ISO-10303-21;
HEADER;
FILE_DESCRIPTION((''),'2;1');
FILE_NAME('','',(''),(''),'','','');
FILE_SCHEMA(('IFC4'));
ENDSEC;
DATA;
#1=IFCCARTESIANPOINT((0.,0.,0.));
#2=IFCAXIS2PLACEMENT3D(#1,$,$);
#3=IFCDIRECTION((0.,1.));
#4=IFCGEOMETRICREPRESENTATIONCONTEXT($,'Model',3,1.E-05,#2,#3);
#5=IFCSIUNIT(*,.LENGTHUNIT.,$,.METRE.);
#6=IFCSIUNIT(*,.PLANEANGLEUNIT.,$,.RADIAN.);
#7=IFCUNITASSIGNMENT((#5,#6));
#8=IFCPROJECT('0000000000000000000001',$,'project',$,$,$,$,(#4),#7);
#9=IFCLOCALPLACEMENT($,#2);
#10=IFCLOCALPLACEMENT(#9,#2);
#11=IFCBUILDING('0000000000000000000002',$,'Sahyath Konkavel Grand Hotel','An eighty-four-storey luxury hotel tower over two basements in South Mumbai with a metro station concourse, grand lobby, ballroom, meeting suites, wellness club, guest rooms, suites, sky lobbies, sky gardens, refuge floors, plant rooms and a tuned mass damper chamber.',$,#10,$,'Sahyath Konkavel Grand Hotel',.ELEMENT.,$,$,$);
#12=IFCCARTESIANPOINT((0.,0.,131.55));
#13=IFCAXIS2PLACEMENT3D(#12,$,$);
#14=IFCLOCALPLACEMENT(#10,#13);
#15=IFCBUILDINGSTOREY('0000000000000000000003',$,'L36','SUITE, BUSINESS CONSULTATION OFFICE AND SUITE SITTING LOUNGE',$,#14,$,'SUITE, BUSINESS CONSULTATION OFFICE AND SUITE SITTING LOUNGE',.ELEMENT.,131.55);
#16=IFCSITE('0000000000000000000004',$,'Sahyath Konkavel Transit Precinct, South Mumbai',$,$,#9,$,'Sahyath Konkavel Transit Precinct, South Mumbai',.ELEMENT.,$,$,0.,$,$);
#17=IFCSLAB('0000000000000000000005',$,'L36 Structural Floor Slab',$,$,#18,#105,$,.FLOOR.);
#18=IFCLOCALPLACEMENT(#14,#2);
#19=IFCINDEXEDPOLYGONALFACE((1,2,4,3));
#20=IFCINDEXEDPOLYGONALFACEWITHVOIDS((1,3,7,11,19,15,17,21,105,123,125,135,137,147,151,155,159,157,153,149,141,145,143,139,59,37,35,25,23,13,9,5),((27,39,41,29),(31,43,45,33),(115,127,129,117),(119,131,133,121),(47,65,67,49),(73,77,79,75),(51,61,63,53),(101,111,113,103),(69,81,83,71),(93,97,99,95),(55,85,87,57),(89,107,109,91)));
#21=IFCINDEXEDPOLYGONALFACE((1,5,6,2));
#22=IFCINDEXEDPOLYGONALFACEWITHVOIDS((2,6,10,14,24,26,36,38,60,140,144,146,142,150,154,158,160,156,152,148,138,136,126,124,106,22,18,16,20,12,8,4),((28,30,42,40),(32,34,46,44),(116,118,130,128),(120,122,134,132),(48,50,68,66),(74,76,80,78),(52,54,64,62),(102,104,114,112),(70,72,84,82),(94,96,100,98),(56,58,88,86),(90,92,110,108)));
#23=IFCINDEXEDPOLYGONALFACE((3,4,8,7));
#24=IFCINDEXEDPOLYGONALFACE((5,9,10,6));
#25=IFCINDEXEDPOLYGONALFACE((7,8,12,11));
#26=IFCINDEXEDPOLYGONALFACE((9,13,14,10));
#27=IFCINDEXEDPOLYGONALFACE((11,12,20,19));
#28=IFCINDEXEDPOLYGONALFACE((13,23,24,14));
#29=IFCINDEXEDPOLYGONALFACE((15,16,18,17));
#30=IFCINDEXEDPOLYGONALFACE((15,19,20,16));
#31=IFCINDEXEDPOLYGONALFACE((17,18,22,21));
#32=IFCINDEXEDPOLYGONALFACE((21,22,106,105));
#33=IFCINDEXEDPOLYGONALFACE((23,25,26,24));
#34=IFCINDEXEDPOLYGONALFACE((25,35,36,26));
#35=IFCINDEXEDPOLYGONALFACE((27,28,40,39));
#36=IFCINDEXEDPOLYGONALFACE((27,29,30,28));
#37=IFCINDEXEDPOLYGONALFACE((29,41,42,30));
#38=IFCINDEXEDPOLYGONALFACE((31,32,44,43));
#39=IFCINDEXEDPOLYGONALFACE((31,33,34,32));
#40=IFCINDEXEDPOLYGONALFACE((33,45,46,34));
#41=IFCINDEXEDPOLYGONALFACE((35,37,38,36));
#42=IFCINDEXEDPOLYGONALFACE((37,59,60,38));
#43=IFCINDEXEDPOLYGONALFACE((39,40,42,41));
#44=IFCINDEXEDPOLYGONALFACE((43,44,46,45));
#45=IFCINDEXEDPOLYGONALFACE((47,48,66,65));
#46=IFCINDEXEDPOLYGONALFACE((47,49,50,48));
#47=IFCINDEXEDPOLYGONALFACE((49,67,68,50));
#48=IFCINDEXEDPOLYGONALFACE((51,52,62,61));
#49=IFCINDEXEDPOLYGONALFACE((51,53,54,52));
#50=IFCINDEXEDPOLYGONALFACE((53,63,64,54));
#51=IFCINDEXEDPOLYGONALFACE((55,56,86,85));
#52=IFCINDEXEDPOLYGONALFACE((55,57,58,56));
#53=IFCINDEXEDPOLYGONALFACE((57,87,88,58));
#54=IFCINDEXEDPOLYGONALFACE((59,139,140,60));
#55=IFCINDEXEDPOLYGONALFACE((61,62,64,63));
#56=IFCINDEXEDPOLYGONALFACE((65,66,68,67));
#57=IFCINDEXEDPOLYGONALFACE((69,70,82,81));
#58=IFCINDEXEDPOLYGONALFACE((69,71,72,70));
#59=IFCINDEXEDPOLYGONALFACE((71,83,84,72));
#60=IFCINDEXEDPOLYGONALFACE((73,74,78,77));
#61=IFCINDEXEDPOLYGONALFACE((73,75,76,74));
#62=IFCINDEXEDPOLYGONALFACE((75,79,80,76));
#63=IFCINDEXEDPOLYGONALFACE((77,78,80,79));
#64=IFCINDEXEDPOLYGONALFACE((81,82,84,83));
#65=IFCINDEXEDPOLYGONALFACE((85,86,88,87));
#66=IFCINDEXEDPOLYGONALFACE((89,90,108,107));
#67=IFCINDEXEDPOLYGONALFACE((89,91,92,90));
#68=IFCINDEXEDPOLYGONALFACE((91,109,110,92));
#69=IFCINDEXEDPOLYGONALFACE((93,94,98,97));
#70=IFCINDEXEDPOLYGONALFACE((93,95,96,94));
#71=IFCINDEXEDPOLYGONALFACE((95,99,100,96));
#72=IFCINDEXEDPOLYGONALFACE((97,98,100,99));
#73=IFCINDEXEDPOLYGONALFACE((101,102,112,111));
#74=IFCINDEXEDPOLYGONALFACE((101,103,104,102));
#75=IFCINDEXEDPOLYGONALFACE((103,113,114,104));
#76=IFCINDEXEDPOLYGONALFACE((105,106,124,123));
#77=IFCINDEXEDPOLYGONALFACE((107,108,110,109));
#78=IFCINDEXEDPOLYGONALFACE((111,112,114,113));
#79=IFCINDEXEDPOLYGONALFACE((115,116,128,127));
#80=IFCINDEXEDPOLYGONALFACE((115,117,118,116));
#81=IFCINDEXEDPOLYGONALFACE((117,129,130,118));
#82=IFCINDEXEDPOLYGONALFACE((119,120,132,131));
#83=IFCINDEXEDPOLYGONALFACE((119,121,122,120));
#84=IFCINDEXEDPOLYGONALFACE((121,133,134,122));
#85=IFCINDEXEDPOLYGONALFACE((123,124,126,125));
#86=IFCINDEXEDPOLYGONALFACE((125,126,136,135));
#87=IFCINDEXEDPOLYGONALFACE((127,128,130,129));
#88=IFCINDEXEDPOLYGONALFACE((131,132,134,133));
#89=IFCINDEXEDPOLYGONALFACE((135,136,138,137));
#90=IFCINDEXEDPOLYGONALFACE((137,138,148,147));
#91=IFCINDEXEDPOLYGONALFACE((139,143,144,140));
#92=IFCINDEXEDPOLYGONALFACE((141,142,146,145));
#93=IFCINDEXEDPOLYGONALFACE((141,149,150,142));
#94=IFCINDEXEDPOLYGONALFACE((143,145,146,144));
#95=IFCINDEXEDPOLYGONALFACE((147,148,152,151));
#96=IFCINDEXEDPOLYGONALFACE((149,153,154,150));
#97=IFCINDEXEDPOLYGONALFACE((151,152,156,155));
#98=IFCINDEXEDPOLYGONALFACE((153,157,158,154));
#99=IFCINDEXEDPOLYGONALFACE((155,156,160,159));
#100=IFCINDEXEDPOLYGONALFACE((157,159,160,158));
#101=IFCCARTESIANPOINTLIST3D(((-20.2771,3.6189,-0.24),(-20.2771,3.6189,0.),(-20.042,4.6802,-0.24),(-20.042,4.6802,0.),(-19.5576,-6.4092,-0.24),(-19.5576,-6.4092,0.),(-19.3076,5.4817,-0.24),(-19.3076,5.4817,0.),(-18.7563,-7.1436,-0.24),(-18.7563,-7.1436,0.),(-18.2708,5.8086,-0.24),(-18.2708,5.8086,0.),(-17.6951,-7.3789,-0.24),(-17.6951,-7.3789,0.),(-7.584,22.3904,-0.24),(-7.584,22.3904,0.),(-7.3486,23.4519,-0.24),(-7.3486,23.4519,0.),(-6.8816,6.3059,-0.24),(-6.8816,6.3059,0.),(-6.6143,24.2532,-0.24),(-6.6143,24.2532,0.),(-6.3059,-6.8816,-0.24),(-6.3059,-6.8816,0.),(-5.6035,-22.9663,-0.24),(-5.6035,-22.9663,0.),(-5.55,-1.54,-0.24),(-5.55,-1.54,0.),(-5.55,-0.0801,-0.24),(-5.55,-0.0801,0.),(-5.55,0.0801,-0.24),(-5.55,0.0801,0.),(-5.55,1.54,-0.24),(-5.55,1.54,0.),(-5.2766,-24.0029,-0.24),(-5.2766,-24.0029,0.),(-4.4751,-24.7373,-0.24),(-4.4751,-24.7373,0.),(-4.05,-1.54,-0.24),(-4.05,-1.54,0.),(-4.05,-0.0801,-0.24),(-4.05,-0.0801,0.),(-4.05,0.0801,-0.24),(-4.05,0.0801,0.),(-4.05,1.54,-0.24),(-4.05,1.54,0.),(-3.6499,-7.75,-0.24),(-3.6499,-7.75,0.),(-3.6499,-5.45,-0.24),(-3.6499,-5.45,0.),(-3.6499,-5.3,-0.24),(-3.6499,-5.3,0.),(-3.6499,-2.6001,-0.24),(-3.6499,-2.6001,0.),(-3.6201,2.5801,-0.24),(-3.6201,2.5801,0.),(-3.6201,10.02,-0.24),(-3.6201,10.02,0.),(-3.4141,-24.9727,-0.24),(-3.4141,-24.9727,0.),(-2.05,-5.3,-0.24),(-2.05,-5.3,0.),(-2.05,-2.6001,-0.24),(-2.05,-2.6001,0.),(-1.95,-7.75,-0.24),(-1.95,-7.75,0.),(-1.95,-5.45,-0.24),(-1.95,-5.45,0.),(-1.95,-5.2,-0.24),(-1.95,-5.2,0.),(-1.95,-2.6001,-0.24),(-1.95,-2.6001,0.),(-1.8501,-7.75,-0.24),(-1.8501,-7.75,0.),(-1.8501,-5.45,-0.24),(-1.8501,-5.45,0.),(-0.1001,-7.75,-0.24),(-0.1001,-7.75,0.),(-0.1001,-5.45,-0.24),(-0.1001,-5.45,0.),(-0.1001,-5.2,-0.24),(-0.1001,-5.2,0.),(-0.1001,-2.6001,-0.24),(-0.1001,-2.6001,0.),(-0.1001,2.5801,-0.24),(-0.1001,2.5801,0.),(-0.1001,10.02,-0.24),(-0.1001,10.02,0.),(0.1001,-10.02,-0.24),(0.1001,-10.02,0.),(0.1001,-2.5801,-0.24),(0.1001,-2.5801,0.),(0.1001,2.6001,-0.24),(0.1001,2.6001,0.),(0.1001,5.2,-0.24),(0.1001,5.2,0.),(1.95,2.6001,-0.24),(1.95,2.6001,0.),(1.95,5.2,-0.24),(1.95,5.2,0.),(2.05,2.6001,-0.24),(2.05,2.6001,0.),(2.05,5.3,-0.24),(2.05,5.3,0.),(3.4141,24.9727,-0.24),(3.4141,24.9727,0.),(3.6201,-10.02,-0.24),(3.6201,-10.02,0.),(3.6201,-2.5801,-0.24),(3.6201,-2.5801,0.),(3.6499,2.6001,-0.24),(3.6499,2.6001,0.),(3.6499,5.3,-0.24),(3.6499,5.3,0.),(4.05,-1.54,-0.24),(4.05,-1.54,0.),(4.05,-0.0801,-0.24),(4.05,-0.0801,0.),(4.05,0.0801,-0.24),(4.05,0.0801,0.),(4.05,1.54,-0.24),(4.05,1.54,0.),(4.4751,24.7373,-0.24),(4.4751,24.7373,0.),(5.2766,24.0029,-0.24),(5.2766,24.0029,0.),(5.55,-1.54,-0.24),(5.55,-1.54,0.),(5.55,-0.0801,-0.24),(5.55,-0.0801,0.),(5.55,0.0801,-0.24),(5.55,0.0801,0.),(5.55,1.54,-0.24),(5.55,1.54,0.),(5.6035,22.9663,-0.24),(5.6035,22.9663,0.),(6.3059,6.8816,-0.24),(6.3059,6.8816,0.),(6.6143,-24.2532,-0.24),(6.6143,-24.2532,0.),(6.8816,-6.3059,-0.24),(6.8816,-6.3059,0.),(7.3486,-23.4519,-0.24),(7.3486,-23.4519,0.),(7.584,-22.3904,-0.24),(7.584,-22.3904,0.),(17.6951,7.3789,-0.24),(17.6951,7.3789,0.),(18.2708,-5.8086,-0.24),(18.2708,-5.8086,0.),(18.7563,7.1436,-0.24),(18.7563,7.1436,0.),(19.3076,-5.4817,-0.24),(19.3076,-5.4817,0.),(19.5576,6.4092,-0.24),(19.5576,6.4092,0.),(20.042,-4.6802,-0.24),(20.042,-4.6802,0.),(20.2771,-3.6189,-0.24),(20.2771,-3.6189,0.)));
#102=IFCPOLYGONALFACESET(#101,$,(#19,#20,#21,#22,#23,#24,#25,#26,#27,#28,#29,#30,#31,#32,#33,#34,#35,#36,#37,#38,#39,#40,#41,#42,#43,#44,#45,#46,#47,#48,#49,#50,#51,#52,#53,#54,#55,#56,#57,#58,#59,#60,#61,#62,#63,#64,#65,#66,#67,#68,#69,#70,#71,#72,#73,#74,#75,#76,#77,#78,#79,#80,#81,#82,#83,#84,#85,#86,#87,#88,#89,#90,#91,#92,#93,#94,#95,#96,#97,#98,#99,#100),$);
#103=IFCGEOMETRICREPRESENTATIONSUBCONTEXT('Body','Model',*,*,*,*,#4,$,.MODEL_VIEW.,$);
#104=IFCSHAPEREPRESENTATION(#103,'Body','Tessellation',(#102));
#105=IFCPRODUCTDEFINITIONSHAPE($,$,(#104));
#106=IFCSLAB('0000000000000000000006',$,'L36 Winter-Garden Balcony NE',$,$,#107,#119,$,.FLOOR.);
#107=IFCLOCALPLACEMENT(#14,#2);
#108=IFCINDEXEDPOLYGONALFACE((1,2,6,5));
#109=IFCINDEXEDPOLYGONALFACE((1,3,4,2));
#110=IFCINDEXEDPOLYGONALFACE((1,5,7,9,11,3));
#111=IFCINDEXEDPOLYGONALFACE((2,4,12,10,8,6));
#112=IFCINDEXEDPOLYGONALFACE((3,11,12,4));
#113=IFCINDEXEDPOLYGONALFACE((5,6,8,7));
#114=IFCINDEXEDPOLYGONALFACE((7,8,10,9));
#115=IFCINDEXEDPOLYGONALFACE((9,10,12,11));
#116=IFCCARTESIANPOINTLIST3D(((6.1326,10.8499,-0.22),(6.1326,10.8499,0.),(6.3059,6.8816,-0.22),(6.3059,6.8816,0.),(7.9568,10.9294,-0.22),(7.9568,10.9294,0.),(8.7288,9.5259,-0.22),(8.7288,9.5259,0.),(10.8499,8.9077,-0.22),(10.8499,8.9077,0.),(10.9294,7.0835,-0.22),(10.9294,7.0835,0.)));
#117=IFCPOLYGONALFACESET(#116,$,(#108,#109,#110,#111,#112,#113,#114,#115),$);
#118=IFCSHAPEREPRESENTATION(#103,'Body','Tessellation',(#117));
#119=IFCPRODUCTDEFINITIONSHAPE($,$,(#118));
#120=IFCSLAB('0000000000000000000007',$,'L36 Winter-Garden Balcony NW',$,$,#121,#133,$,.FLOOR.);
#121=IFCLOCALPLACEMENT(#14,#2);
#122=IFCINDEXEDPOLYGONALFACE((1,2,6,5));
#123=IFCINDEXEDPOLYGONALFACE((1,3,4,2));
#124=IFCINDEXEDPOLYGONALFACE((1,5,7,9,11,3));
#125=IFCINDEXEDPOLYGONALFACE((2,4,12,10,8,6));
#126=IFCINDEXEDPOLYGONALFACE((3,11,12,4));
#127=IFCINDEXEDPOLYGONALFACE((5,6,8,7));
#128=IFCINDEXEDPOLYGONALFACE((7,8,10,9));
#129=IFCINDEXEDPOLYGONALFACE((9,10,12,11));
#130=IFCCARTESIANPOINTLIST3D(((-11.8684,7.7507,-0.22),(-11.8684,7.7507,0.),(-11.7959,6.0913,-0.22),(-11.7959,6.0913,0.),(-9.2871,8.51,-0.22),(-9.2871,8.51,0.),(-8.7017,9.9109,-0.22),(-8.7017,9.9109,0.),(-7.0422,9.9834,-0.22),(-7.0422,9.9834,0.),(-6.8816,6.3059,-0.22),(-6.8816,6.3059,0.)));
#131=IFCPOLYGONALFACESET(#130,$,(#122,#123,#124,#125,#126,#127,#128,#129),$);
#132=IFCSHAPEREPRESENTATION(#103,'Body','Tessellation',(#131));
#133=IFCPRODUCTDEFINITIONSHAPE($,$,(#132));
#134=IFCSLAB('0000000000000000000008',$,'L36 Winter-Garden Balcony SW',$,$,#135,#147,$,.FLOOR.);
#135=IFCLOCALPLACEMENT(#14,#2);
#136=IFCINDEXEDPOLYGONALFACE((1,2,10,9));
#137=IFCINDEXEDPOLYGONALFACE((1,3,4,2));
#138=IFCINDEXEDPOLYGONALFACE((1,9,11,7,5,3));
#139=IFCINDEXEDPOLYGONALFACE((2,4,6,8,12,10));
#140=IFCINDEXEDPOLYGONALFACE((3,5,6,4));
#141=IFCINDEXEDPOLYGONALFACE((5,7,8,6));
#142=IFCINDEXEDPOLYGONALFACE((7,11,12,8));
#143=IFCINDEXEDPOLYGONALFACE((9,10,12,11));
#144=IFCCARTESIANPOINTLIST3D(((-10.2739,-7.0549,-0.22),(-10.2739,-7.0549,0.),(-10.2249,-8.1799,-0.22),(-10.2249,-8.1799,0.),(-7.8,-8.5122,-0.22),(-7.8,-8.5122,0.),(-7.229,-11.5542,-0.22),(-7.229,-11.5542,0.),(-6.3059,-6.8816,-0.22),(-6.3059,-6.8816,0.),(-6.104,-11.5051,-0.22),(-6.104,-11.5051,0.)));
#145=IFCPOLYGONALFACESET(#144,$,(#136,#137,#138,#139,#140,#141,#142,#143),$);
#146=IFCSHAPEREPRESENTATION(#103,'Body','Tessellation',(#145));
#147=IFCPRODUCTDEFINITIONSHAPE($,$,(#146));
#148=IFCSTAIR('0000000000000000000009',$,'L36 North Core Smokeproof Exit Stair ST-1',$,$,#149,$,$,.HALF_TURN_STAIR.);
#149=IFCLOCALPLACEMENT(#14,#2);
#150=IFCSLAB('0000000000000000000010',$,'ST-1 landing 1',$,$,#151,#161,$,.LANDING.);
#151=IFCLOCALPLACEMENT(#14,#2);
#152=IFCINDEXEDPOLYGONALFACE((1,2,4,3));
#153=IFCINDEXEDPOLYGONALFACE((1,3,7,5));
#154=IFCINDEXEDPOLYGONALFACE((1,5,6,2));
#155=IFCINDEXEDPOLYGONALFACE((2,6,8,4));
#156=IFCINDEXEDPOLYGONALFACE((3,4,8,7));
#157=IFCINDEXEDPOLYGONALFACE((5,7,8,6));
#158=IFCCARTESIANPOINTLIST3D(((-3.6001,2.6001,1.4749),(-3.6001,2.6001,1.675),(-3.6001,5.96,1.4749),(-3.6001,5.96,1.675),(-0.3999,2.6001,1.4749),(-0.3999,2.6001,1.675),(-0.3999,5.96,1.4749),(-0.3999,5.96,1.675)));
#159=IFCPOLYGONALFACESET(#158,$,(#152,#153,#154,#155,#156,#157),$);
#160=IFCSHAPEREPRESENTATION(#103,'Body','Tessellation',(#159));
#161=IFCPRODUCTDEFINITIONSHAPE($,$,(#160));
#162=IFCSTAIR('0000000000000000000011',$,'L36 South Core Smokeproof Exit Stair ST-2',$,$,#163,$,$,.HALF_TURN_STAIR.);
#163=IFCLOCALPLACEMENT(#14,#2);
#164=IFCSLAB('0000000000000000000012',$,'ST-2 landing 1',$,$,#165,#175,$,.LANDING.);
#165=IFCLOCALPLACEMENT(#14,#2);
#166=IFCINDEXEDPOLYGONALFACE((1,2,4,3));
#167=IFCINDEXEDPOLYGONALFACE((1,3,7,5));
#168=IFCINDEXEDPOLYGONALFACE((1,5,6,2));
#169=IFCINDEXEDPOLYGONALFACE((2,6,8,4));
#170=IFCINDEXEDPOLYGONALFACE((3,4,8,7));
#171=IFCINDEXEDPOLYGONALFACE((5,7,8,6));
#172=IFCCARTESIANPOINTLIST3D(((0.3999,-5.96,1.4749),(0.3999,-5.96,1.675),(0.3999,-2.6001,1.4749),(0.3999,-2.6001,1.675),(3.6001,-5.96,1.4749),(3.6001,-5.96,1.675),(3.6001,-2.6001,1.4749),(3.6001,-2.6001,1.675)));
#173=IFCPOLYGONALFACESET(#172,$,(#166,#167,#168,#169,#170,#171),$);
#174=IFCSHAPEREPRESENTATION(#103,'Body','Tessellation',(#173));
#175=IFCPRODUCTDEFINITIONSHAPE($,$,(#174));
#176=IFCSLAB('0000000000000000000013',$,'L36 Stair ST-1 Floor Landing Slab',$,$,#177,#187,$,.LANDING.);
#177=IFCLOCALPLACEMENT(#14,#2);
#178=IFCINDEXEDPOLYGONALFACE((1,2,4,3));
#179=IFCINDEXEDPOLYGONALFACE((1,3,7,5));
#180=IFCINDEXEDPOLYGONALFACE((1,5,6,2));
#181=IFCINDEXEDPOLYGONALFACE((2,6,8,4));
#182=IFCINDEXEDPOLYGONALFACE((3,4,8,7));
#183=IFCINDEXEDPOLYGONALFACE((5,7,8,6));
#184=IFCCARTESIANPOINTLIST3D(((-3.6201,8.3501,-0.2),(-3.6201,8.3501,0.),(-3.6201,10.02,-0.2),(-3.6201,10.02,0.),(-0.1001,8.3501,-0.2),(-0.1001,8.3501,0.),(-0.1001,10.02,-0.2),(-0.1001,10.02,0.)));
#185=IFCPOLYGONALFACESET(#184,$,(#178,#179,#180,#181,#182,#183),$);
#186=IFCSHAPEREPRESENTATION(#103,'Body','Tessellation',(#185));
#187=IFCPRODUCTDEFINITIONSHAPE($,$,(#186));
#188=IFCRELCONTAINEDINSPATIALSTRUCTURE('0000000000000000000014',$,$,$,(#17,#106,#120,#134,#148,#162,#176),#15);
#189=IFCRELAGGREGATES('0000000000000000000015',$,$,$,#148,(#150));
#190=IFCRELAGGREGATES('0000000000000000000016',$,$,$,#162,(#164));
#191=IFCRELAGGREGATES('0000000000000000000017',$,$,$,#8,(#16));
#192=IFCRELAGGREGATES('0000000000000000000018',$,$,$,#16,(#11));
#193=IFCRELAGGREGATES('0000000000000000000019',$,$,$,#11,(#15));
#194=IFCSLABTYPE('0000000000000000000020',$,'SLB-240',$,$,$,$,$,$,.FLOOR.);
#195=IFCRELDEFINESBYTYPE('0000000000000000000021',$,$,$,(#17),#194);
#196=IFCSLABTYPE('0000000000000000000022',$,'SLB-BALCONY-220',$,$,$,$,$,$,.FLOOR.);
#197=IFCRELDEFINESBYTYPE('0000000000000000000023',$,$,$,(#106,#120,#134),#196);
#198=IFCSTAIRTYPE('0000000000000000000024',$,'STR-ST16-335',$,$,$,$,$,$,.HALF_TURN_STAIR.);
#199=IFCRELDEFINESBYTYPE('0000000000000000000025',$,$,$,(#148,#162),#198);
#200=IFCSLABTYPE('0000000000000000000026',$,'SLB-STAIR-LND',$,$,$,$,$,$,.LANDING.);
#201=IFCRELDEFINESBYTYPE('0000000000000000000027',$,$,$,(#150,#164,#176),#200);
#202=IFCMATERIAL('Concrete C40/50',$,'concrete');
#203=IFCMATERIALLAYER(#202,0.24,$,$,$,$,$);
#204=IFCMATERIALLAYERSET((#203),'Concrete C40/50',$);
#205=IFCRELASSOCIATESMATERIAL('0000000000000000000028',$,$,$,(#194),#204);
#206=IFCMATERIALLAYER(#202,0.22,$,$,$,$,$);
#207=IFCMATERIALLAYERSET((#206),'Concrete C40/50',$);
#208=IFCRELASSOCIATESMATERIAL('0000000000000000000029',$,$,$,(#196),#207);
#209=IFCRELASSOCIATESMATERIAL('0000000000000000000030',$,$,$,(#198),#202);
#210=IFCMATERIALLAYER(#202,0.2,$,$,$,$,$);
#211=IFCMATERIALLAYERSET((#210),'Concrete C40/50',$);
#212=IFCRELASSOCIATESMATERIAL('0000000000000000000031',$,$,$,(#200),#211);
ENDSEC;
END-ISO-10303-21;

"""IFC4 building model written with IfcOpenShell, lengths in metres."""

from ifc_helpers import new_model, si_unit, direction, frame, origin, place, context, subcontext, project, spatial, polyline, outline, extrude, material, layer, layer_set, type_object, element, aggregate, save


model = new_model("IFC4")

# Units and contexts
model_context = context("Model", 3, precision=1e-05, world=origin(), true_north=direction((0.0, 1.0)))
body_context = subcontext(model_context, "Body", "Model", "MODEL_VIEW")
ifc_project = project(units=[si_unit("LENGTHUNIT", "METRE"), si_unit("PLANEANGLEUNIT", "RADIAN")], contexts=[model_context])

# Site, building, storey
site_placement = place(None, origin())
site = spatial("IfcSite", under=ifc_project, at=site_placement, Name="Sahyath Konkavel Transit Precinct, South Mumbai", LongName="Sahyath Konkavel Transit Precinct, South Mumbai", CompositionType="ELEMENT", RefElevation=0.0)
building_placement = place(site_placement, origin())
building = spatial("IfcBuilding", under=site, at=building_placement, Name="Sahyath Konkavel Grand Hotel", Description="An eighty-four-storey luxury hotel tower over two basements in South Mumbai with a metro station concourse, grand lobby, ballroom, meeting suites, wellness club, guest rooms, suites, sky lobbies, sky gardens, refuge floors, plant rooms and a tuned mass damper chamber.", LongName="Sahyath Konkavel Grand Hotel", CompositionType="ELEMENT")
storey_placement = place(building_placement, frame((0.0, 0.0, 131.55)))
storey = spatial("IfcBuildingStorey", under=building, at=storey_placement, Name="L36", Description="SUITE, BUSINESS CONSULTATION OFFICE AND SUITE SITTING LOUNGE", LongName="SUITE, BUSINESS CONSULTATION OFFICE AND SUITE SITTING LOUNGE", CompositionType="ELEMENT", Elevation=131.55)

# Slabs
ifc_material_1 = material(Name="Concrete C40/50", Category="concrete")
ifc_layer_1 = layer(ifc_material_1, 0.24)
ifc_layer_set_1 = layer_set([ifc_layer_1], Name="Concrete C40/50")
slab_type_1 = type_object("IfcSlabType", Name="SLB-240", PredefinedType="FLOOR", material=ifc_layer_set_1)
slab_1_placement = place(storey_placement, frame((0.0, 0.0, -0.24)))
element("IfcSlab", 1, at=slab_1_placement, inside=storey, type_object=slab_type_1, Name="L36 Structural Floor Slab", PredefinedType="FLOOR", context=body_context, shape_type="SweptSolid", body=[
    extrude(outline(polyline([(6.8816, -6.3059), (18.2708, -5.8086), (19.3076, -5.4817), (20.042, -4.6802), (20.2771, -3.6189), (19.5576, 6.4092), (18.7563, 7.1436), (17.6951, 7.3789), (6.3059, 6.8816), (5.6035, 22.9663), (5.2766, 24.0029), (4.4751, 24.7373), (3.4141, 24.9727), (-6.6143, 24.2532), (-7.3486, 23.4519), (-7.584, 22.3904), (-6.8816, 6.3059), (-18.2708, 5.8086), (-19.3076, 5.4817), (-20.042, 4.6802), (-20.2771, 3.6189), (-19.5576, -6.4092), (-18.7563, -7.1436), (-17.6951, -7.3789), (-6.3059, -6.8816), (-5.6035, -22.9663), (-5.2766, -24.0029), (-4.4751, -24.7373), (-3.4141, -24.9727), (6.6143, -24.2532), (7.3486, -23.4519), (7.584, -22.3904), (6.8816, -6.3059)]), holes=[polyline([(-3.6201, 2.5801), (-0.1001, 2.5801), (-0.1001, 10.02), (-3.6201, 10.02), (-3.6201, 2.5801)]), polyline([(0.1001, -10.02), (3.6201, -10.02), (3.6201, -2.5801), (0.1001, -2.5801), (0.1001, -10.02)]), polyline([(0.1001, 2.6001), (1.95, 2.6001), (1.95, 5.2), (0.1001, 5.2), (0.1001, 2.6001)]), polyline([(-1.95, -5.2), (-0.1001, -5.2), (-0.1001, -2.6001), (-1.95, -2.6001), (-1.95, -5.2)]), polyline([(2.05, 2.6001), (3.6499, 2.6001), (3.6499, 5.3), (2.05, 5.3), (2.05, 2.6001)]), polyline([(-3.6499, -5.3), (-2.05, -5.3), (-2.05, -2.6001), (-3.6499, -2.6001), (-3.6499, -5.3)]), polyline([(-3.6499, -7.75), (-1.95, -7.75), (-1.95, -5.45), (-3.6499, -5.45), (-3.6499, -7.75)]), polyline([(-1.8501, -7.75), (-0.1001, -7.75), (-0.1001, -5.45), (-1.8501, -5.45), (-1.8501, -7.75)]), polyline([(4.05, 0.0801), (5.55, 0.0801), (5.55, 1.54), (4.05, 1.54), (4.05, 0.0801)]), polyline([(4.05, -1.54), (5.55, -1.54), (5.55, -0.0801), (4.05, -0.0801), (4.05, -1.54)]), polyline([(-5.55, 0.0801), (-4.05, 0.0801), (-4.05, 1.54), (-5.55, 1.54), (-5.55, 0.0801)]), polyline([(-5.55, -1.54), (-4.05, -1.54), (-4.05, -0.0801), (-5.55, -0.0801), (-5.55, -1.54)])]), origin(), (0.0, 0.0, 1.0), 0.24),
])
ifc_layer_2 = layer(ifc_material_1, 0.22)
ifc_layer_set_2 = layer_set([ifc_layer_2], Name="Concrete C40/50")
slab_type_2 = type_object("IfcSlabType", Name="SLB-BALCONY-220", PredefinedType="FLOOR", material=ifc_layer_set_2)
slab_2_placement = place(storey_placement, frame((0.0, 0.0, -0.22)))
element("IfcSlab", 2, at=slab_2_placement, inside=storey, type_object=slab_type_2, Name="L36 Winter-Garden Balcony NE", PredefinedType="FLOOR", context=body_context, shape_type="SweptSolid", body=[
    extrude(outline(polyline([(6.3059, 6.8816), (10.9294, 7.0835), (10.8499, 8.9077), (8.7288, 9.5259), (7.9568, 10.9294), (6.1326, 10.8499), (6.3059, 6.8816)])), origin(), (0.0, 0.0, 1.0), 0.22),
])
slab_3_placement = place(storey_placement, frame((0.0, 0.0, -0.22)))
element("IfcSlab", 3, at=slab_3_placement, inside=storey, type_object=slab_type_2, Name="L36 Winter-Garden Balcony NW", PredefinedType="FLOOR", context=body_context, shape_type="SweptSolid", body=[
    extrude(outline(polyline([(-6.8816, 6.3059), (-7.0422, 9.9834), (-8.7017, 9.9109), (-9.2871, 8.51), (-11.8684, 7.7507), (-11.7959, 6.0913), (-6.8816, 6.3059)])), origin(), (0.0, 0.0, 1.0), 0.22),
])
slab_4_placement = place(storey_placement, frame((0.0, 0.0, -0.22)))
element("IfcSlab", 4, at=slab_4_placement, inside=storey, type_object=slab_type_2, Name="L36 Winter-Garden Balcony SW", PredefinedType="FLOOR", context=body_context, shape_type="SweptSolid", body=[
    extrude(outline(polyline([(-6.3059, -6.8816), (-10.2739, -7.0549), (-10.2249, -8.1799), (-7.8, -8.5122), (-7.229, -11.5542), (-6.104, -11.5051), (-6.3059, -6.8816)])), origin(), (0.0, 0.0, 1.0), 0.22),
])

# Stairs, slabs
stair_type = type_object("IfcStairType", Name="STR-ST16-335", PredefinedType="HALF_TURN_STAIR", material=ifc_material_1)
stair_1_placement = place(storey_placement, origin())
stair_1 = element("IfcStair", 5, at=stair_1_placement, inside=storey, type_object=stair_type, Name="L36 North Core Smokeproof Exit Stair ST-1", PredefinedType="HALF_TURN_STAIR")
ifc_layer_3 = layer(ifc_material_1, 0.2)
ifc_layer_set_3 = layer_set([ifc_layer_3], Name="Concrete C40/50")
slab_type_3 = type_object("IfcSlabType", Name="SLB-STAIR-LND", PredefinedType="LANDING", material=ifc_layer_set_3)
slab_5_placement = place(storey_placement, frame((0.0, 0.0, 1.4749)))
slab_5 = element("IfcSlab", 6, at=slab_5_placement, type_object=slab_type_3, Name="ST-1 landing 1", PredefinedType="LANDING", context=body_context, shape_type="SweptSolid", body=[
    extrude(outline(polyline([(-3.6001, 5.96), (-3.6001, 2.6001), (-0.3999, 2.6001), (-0.3999, 5.96), (-3.6001, 5.96)])), origin(), (0.0, 0.0, 1.0), 0.2002),
])
aggregate(stair_1, [slab_5])
stair_2_placement = place(storey_placement, origin())
stair_2 = element("IfcStair", 7, at=stair_2_placement, inside=storey, type_object=stair_type, Name="L36 South Core Smokeproof Exit Stair ST-2", PredefinedType="HALF_TURN_STAIR")
slab_6_placement = place(storey_placement, frame((0.0, 0.0, 1.4749)))
slab_6 = element("IfcSlab", 8, at=slab_6_placement, type_object=slab_type_3, Name="ST-2 landing 1", PredefinedType="LANDING", context=body_context, shape_type="SweptSolid", body=[
    extrude(outline(polyline([(3.6001, -5.96), (3.6001, -2.6001), (0.3999, -2.6001), (0.3999, -5.96), (3.6001, -5.96)])), origin(), (0.0, 0.0, 1.0), 0.2002),
])

# Slab
slab_7_placement = place(storey_placement, frame((0.0, 0.0, -0.2)))
element("IfcSlab", 9, at=slab_7_placement, inside=storey, type_object=slab_type_3, Name="L36 Stair ST-1 Floor Landing Slab", PredefinedType="LANDING", context=body_context, shape_type="SweptSolid", body=[
    extrude(outline(polyline([(-3.6201, 8.3501), (-0.1001, 8.3501), (-0.1001, 10.02), (-3.6201, 10.02), (-3.6201, 8.3501)])), origin(), (0.0, 0.0, 1.0), 0.2),
])

aggregate(stair_2, [slab_6])

save(model, "model.ifc")
